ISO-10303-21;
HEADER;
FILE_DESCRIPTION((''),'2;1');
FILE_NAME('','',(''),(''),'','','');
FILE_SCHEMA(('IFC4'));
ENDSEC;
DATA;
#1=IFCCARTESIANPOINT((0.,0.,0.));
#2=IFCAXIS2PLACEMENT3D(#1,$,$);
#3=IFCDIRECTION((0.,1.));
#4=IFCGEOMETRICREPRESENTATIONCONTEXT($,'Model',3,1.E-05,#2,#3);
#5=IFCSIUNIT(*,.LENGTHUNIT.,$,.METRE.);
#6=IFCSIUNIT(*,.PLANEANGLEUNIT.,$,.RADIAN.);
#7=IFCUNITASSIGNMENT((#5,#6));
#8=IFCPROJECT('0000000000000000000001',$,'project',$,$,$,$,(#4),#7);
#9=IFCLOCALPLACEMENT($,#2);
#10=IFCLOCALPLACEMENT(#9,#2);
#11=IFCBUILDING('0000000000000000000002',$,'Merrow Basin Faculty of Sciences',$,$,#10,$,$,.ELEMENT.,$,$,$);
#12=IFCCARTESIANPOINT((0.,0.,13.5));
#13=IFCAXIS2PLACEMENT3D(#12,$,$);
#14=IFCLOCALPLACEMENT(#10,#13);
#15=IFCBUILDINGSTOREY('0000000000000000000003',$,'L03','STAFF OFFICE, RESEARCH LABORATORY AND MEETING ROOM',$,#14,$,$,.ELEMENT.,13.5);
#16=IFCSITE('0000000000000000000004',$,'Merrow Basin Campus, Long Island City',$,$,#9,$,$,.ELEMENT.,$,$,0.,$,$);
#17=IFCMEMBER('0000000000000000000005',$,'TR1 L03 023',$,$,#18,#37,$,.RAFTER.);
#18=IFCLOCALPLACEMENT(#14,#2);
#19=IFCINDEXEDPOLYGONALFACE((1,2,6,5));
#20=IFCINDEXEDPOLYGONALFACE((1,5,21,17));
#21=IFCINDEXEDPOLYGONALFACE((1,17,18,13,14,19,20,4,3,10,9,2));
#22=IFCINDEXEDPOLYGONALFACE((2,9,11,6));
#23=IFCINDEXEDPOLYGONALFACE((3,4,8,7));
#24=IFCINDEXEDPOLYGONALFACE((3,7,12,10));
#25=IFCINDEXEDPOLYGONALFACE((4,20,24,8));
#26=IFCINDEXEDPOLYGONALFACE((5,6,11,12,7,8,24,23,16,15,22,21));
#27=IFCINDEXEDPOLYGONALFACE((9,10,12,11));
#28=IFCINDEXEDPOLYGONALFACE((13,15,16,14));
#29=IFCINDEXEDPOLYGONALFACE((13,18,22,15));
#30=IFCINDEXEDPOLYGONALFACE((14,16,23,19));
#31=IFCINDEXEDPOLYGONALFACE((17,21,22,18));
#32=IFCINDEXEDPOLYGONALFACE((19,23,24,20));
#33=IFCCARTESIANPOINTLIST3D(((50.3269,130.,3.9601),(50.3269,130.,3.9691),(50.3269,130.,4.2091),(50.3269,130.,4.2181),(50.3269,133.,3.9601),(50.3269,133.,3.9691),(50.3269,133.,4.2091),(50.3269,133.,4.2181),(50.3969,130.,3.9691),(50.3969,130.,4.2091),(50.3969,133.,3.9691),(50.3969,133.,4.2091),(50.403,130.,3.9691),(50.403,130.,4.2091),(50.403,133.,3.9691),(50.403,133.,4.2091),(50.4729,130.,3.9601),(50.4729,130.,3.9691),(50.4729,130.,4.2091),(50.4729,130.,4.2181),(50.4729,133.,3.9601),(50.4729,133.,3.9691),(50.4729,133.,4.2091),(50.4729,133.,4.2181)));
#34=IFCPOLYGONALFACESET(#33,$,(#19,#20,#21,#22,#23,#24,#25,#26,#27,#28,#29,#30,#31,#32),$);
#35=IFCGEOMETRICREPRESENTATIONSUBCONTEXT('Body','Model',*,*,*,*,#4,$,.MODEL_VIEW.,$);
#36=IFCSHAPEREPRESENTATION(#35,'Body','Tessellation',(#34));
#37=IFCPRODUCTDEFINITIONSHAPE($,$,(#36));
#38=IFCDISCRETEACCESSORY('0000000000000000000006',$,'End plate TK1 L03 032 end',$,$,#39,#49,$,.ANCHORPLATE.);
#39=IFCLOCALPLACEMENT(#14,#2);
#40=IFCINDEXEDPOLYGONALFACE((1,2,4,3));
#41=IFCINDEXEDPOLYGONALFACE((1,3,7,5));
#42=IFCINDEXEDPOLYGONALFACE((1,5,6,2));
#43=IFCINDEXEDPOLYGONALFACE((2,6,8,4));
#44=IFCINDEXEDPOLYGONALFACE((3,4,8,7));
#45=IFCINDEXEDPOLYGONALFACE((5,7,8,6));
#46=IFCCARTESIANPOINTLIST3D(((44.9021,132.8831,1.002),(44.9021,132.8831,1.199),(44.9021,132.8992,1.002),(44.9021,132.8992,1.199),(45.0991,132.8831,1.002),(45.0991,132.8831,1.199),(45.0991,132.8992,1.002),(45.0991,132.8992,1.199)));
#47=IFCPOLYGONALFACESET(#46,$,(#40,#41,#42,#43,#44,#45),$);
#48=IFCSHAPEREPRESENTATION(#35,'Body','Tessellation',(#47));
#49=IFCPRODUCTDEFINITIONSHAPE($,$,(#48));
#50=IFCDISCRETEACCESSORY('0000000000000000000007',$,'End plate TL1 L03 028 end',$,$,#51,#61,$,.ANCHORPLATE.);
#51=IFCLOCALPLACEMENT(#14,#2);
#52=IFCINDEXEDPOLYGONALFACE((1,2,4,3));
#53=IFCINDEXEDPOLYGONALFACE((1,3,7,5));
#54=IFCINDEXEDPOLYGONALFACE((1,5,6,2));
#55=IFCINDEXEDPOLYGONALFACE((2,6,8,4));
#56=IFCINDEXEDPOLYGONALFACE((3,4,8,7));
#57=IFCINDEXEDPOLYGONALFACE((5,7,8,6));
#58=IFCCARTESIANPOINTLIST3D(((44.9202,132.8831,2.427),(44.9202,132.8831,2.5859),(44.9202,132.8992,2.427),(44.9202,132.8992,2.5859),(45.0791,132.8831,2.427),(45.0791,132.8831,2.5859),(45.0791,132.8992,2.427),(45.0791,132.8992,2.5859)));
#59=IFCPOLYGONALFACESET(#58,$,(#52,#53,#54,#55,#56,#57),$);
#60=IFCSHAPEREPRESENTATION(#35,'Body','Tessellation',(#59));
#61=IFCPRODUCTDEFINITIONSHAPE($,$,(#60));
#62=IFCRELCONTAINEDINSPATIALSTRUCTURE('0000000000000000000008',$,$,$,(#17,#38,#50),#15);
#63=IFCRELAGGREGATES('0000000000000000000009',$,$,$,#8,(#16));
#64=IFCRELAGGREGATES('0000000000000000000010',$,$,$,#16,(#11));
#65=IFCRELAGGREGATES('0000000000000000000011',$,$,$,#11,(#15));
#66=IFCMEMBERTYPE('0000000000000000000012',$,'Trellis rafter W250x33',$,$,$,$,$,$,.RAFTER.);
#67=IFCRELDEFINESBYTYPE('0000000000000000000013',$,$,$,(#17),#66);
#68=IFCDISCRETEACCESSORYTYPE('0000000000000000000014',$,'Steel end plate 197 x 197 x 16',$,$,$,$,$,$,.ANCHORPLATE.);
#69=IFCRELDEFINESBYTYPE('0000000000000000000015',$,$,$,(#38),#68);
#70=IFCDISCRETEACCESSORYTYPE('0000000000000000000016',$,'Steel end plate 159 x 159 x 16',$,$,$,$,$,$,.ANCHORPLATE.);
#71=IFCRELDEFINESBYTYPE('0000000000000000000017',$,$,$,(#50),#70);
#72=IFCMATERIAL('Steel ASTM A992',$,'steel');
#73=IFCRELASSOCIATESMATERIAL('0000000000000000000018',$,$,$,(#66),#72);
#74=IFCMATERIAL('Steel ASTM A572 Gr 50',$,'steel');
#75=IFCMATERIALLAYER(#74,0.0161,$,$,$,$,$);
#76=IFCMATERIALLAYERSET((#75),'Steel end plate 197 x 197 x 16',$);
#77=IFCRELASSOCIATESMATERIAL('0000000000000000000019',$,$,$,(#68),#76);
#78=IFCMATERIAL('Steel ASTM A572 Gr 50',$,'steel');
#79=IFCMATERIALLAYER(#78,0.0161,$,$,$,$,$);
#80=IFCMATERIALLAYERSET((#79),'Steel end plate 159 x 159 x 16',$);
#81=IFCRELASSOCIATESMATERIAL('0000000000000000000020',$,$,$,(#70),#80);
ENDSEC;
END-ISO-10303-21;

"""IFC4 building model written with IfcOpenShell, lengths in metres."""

from ifc_helpers import new_model, si_unit, direction, frame, origin, origin_2d, place, context, subcontext, project, spatial, polyline, i_section, outline, extrude, source, transform, mapped, material, layer, layer_set, material_profile, profile_set, type_object, element, save


model = new_model("IFC4")

# Units and contexts
model_context = context("Model", 3, precision=1e-05, world=origin(), true_north=direction((0.0, 1.0)))
body_context = subcontext(model_context, "Body", "Model", "MODEL_VIEW")
ifc_project = project(units=[si_unit("LENGTHUNIT", "METRE"), si_unit("PLANEANGLEUNIT", "RADIAN")], contexts=[model_context])

# Site, building, storey
site_placement = place(None, origin())
site = spatial("IfcSite", under=ifc_project, at=site_placement, Name="Merrow Basin Campus, Long Island City", CompositionType="ELEMENT", RefElevation=0.0)
building_placement = place(site_placement, origin())
building = spatial("IfcBuilding", under=site, at=building_placement, Name="Merrow Basin Faculty of Sciences", CompositionType="ELEMENT")
storey_placement = place(building_placement, frame((0.0, 0.0, 13.5)))
storey = spatial("IfcBuildingStorey", under=building, at=storey_placement, Name="L03", Description="STAFF OFFICE, RESEARCH LABORATORY AND MEETING ROOM", CompositionType="ELEMENT", Elevation=13.5)

# Member
ifc_material_1 = material(Name="Steel ASTM A992", Category="steel")
ifc_material_profile_1 = material_profile(ifc_material_1, i_section(OverallWidth=0.146, OverallDepth=0.2581, WebThickness=0.0061, FlangeThickness=0.009, at=origin_2d()))
ifc_profile_set_1 = profile_set([ifc_material_profile_1], Name="Steel ASTM A992")
member_type_1 = type_object("IfcMemberType", Name="Trellis rafter W250x33", PredefinedType="RAFTER", material=ifc_profile_set_1)
for number, where, z_axis, x_axis, name in (
    (1, (50.3999, 130.0, 4.0891), (0.0, 1.0, 0.0), (-1.0, 0.0, 0.0), "TR1 L03 023"),
):
    element("IfcMember", number, at=place(storey_placement, frame(where, z_axis=z_axis, x_axis=x_axis)), inside=storey, type_object=member_type_1, Name=name, PredefinedType="RAFTER", context=body_context, shape_type="SweptSolid", body=[
        extrude(i_section(OverallWidth=0.146, OverallDepth=0.2581, WebThickness=0.0061, FlangeThickness=0.009, at=origin_2d()), origin(), (0.0, 0.0, 1.0), 3.0),
    ])

# Discrete accessories
ifc_material_2 = material(Name="Steel ASTM A572 Gr 50", Category="steel")
ifc_layer_1 = layer(ifc_material_2, 0.0161)
ifc_layer_set_1 = layer_set([ifc_layer_1], Name="Steel end plate 197 x 197 x 16")
discrete_accessory_type_1 = type_object("IfcDiscreteAccessoryType", Name="Steel end plate 197 x 197 x 16", PredefinedType="ANCHORPLATE", material=ifc_layer_set_1)
shared_shape_1 = source(origin(), body_context, "Body", "SweptSolid", [
    extrude(outline(polyline([(0.0, 0.0), (0.197, 0.0), (0.197, 0.197), (0.0, 0.197), (0.0, 0.0)])), origin(), (0.0, 0.0, 1.0), 0.0161),
])
discrete_accessory_1_placement = place(storey_placement, frame((45.0991, 132.8831, 1.002), z_axis=(0.0, 1.0, 0.0), x_axis=(-1.0, 0.0, 0.0)))
element("IfcDiscreteAccessory", 2, at=discrete_accessory_1_placement, inside=storey, type_object=discrete_accessory_type_1, Name="End plate TK1 L03 032 end", PredefinedType="ANCHORPLATE", context=body_context, shape_type="MappedRepresentation", body=[
    mapped(shared_shape_1, transform((0.0, 0.0, 0.0), scale=1.0)),
])
ifc_material_3 = material(Name="Steel ASTM A572 Gr 50", Category="steel")
ifc_layer_2 = layer(ifc_material_3, 0.0161)
ifc_layer_set_2 = layer_set([ifc_layer_2], Name="Steel end plate 159 x 159 x 16")
discrete_accessory_type_2 = type_object("IfcDiscreteAccessoryType", Name="Steel end plate 159 x 159 x 16", PredefinedType="ANCHORPLATE", material=ifc_layer_set_2)
shared_shape_2 = source(origin(), body_context, "Body", "SweptSolid", [
    extrude(outline(polyline([(0.0, 0.0), (0.1589, 0.0), (0.1589, 0.1589), (0.0, 0.1589), (0.0, 0.0)])), origin(), (0.0, 0.0, 1.0), 0.0161),
])
discrete_accessory_2_placement = place(storey_placement, frame((45.0791, 132.8831, 2.427), z_axis=(0.0, 1.0, 0.0), x_axis=(-1.0, 0.0, 0.0)))
element("IfcDiscreteAccessory", 3, at=discrete_accessory_2_placement, inside=storey, type_object=discrete_accessory_type_2, Name="End plate TL1 L03 028 end", PredefinedType="ANCHORPLATE", context=body_context, shape_type="MappedRepresentation", body=[
    mapped(shared_shape_2, transform((0.0, 0.0, 0.0), scale=1.0)),
])

save(model, "model.ifc")
